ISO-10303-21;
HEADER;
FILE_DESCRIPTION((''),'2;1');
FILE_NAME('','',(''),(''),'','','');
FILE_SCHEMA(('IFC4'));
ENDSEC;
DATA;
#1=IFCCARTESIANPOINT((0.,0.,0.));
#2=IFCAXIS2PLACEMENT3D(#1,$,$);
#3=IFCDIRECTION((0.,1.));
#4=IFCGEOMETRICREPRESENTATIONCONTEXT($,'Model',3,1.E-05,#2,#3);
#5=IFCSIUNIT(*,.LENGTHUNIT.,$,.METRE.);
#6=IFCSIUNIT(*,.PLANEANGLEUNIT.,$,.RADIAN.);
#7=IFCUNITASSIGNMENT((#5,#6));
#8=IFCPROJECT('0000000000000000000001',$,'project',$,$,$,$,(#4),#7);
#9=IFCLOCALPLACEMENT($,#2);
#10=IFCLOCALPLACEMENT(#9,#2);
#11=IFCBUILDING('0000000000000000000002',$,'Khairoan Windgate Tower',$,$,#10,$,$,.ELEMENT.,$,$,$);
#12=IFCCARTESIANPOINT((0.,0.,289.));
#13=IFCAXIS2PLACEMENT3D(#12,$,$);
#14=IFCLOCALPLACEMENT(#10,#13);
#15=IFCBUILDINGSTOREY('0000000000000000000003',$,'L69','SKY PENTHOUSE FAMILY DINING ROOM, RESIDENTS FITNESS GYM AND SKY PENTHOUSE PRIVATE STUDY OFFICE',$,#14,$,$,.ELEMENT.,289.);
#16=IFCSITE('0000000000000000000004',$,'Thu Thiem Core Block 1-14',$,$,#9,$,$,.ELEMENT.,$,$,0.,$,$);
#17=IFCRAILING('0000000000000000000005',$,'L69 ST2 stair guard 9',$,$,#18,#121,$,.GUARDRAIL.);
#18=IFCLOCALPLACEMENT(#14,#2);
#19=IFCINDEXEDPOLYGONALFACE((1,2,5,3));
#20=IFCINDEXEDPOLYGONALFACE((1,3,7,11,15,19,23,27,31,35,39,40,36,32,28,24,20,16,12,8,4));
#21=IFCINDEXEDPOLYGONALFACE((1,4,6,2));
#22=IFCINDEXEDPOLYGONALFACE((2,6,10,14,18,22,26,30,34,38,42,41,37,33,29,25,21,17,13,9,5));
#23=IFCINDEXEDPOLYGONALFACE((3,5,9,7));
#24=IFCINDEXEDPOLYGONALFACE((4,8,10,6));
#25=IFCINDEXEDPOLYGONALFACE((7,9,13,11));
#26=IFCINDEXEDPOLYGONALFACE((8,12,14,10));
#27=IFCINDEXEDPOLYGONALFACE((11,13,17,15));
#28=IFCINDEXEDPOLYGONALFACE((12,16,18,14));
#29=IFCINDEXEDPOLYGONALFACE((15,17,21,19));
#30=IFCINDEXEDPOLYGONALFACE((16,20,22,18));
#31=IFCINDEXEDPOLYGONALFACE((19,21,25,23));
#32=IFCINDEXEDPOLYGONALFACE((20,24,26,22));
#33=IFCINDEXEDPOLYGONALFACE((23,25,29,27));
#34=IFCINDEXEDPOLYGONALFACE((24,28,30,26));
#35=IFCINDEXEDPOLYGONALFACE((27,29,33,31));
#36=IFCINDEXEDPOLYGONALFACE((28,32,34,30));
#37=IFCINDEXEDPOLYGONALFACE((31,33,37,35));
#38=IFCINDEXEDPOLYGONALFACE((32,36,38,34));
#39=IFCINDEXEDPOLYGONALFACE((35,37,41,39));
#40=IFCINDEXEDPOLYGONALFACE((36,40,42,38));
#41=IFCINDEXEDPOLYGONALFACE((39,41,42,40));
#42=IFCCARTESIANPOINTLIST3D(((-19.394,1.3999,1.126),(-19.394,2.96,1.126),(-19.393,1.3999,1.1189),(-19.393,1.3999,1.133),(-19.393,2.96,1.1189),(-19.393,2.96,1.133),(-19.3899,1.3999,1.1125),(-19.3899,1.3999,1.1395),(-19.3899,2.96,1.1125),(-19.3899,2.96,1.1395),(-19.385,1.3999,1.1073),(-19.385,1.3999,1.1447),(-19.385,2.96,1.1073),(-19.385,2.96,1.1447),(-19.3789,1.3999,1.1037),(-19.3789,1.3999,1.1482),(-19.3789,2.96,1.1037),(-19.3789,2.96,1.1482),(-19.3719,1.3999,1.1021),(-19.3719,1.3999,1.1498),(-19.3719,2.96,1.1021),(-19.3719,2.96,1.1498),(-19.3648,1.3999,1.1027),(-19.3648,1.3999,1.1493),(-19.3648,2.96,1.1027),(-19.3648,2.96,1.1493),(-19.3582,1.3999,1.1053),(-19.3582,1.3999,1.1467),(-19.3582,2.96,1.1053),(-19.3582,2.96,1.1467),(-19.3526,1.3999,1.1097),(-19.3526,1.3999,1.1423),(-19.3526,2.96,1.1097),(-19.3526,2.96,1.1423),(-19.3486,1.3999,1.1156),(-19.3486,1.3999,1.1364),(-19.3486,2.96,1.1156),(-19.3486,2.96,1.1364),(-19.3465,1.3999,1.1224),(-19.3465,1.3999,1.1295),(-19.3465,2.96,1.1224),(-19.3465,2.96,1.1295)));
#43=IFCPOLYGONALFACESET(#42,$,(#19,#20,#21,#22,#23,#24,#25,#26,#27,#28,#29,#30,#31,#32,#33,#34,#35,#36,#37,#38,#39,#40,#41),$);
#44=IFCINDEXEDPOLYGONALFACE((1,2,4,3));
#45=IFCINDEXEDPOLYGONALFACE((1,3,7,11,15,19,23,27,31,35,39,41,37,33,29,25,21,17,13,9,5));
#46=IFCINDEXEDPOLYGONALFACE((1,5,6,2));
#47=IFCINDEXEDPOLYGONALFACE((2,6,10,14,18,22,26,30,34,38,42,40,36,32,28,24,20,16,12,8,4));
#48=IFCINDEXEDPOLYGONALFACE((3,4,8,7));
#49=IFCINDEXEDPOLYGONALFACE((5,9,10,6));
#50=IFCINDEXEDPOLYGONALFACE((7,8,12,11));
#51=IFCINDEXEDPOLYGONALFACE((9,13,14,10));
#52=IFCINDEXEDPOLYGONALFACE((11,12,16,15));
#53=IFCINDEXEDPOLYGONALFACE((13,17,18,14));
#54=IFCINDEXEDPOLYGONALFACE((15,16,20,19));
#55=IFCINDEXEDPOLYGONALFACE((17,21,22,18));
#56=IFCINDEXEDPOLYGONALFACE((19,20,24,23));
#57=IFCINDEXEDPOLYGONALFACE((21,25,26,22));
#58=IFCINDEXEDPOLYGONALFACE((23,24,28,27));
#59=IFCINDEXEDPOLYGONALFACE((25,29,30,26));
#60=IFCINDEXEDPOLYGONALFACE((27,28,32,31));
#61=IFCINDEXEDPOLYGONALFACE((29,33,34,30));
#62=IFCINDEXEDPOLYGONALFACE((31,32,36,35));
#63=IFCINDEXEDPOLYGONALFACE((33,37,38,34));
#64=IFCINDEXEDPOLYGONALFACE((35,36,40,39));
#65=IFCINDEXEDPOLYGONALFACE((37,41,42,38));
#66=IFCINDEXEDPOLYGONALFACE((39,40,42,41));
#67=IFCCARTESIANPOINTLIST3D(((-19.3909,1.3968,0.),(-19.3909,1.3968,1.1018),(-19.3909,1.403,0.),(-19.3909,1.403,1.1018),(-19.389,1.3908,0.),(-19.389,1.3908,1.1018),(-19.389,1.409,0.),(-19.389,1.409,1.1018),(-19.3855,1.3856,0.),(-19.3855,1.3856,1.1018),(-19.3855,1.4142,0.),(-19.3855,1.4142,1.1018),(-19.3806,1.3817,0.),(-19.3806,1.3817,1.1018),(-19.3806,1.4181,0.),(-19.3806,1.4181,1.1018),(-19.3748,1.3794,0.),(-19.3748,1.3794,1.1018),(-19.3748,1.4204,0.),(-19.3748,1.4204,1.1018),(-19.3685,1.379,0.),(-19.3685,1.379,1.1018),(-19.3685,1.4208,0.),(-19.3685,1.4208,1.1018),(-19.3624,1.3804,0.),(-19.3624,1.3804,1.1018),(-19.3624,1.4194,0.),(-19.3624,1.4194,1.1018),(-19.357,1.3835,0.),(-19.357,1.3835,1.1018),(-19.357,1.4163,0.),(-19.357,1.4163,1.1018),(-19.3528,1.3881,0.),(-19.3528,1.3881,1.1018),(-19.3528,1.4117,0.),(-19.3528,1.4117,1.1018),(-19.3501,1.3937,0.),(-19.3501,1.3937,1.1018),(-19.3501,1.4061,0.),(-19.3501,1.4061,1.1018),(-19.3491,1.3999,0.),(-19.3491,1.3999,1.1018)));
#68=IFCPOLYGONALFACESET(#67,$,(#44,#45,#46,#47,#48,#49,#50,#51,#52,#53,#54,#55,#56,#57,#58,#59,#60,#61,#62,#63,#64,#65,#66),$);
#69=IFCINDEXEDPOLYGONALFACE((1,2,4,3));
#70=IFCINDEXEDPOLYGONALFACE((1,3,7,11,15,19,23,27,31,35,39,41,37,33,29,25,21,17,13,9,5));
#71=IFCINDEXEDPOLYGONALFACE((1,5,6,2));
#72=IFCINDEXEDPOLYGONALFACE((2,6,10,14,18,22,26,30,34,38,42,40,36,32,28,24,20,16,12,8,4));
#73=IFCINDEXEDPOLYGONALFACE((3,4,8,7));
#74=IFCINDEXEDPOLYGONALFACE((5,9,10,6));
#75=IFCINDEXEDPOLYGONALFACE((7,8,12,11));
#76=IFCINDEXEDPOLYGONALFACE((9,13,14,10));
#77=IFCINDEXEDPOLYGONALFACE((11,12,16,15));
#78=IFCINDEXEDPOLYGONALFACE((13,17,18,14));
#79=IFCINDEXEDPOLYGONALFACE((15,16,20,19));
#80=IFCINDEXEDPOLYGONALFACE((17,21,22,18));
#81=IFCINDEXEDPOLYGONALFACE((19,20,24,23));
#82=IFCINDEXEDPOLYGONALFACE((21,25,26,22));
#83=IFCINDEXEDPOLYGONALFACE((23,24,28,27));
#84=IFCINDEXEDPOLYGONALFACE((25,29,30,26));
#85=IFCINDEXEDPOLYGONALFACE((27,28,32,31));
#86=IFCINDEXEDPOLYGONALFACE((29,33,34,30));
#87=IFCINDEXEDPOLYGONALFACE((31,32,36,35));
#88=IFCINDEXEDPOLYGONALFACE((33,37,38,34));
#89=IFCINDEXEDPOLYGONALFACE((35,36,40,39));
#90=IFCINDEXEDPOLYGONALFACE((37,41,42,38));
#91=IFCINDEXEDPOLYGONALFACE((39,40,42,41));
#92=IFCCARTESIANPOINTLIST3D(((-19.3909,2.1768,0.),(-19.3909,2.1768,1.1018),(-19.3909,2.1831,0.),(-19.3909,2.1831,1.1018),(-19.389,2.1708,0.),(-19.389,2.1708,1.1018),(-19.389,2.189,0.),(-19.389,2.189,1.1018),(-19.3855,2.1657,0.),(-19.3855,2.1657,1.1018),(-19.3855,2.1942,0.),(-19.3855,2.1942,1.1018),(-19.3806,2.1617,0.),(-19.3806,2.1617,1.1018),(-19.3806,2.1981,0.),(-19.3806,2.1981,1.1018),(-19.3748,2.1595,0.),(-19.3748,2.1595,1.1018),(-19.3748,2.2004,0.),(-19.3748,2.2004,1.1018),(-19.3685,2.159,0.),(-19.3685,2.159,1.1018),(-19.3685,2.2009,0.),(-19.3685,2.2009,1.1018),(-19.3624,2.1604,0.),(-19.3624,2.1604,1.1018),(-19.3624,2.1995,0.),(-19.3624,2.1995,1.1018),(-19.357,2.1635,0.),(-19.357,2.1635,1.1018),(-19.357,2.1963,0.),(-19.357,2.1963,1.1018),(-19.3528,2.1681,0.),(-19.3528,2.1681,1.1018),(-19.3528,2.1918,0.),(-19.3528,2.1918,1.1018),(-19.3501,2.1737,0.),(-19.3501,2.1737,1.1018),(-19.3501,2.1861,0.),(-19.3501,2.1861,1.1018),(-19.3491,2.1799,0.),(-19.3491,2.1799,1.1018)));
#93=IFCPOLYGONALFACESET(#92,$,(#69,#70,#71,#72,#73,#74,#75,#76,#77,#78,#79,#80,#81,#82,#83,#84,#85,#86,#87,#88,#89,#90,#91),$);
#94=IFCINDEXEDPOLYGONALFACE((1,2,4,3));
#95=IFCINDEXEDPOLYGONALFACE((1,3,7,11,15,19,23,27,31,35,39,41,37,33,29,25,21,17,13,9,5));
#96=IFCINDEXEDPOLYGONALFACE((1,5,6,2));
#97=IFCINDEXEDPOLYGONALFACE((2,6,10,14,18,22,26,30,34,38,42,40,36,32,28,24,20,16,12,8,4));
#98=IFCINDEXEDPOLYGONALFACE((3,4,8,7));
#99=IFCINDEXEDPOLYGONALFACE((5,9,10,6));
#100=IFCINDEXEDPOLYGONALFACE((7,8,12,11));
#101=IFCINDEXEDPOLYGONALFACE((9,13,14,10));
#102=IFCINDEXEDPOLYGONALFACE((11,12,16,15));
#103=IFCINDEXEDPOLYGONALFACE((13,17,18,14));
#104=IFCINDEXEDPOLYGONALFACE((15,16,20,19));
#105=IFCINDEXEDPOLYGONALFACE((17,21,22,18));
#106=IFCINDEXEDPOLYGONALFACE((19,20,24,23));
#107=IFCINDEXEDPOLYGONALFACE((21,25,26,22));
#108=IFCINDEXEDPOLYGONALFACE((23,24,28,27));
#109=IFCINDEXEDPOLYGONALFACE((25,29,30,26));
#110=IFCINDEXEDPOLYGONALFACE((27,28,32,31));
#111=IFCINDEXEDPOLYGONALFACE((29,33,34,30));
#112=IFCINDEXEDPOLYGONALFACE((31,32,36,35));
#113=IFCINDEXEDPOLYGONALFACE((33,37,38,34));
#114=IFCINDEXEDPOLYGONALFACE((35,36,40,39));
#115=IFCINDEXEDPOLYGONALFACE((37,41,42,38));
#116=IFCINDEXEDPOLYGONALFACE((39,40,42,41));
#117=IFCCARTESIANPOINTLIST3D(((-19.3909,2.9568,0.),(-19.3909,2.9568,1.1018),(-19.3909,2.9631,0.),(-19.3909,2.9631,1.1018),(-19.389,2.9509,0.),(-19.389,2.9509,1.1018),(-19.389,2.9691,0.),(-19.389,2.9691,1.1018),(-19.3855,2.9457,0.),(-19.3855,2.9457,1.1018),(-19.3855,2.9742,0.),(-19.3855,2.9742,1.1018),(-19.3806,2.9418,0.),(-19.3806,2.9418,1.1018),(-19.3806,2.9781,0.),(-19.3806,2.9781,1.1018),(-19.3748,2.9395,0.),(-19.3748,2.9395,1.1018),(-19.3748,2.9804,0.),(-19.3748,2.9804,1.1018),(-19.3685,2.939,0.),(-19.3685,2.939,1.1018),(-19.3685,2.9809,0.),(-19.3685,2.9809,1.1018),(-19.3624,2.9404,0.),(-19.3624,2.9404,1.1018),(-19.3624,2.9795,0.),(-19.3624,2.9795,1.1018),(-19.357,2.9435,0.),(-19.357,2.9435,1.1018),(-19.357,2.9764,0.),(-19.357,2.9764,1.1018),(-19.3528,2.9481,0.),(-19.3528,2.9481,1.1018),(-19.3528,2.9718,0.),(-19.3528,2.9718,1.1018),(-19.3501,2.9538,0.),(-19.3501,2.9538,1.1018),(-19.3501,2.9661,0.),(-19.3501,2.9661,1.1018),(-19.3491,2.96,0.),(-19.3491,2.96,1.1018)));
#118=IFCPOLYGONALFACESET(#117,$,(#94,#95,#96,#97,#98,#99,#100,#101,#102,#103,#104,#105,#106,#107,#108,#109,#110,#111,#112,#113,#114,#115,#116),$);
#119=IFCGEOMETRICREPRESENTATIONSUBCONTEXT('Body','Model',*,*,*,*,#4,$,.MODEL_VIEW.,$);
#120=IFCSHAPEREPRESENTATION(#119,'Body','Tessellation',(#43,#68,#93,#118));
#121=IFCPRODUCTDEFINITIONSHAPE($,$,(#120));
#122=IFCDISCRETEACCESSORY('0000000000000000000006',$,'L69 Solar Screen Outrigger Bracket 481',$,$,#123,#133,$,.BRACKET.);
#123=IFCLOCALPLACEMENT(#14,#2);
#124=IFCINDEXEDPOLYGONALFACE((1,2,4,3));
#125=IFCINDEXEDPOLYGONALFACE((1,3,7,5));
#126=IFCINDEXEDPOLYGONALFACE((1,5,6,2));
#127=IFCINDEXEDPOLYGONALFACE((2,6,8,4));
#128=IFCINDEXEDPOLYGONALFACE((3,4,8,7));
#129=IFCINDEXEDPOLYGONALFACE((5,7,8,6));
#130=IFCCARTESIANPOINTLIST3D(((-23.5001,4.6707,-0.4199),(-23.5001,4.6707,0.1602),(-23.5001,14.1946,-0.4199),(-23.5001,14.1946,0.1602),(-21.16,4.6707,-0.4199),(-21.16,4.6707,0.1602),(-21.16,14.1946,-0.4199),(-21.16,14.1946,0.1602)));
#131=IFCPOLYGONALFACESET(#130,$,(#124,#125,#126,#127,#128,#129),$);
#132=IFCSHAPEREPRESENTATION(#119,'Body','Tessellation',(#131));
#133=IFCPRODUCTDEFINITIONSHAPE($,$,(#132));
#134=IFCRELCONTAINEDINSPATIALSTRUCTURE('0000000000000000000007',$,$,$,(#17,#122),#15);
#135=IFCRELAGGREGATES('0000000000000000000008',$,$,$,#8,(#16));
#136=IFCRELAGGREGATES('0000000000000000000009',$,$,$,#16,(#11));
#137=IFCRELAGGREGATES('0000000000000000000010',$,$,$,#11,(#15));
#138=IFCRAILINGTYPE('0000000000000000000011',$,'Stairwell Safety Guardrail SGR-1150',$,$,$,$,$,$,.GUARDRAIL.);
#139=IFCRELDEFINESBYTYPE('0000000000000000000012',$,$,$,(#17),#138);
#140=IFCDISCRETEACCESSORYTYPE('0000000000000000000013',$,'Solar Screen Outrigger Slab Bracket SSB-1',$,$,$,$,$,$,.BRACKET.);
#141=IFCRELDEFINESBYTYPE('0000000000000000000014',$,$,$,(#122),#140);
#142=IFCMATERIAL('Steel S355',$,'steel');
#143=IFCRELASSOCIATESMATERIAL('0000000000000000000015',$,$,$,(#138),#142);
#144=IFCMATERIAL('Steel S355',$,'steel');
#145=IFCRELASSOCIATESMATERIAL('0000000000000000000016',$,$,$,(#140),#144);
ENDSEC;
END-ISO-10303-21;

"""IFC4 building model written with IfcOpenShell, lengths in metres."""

from ifc_helpers import new_model, si_unit, direction, frame, origin, origin_2d, place, context, subcontext, project, spatial, rectangle, circle, extrude, material, type_object, element, save


model = new_model("IFC4")

# Units and contexts
model_context = context("Model", 3, precision=1e-05, world=origin(), true_north=direction((0.0, 1.0)))
body_context = subcontext(model_context, "Body", "Model", "MODEL_VIEW")
ifc_project = project(units=[si_unit("LENGTHUNIT", "METRE"), si_unit("PLANEANGLEUNIT", "RADIAN")], contexts=[model_context])

# Site, building, storey
site_placement = place(None, origin())
site = spatial("IfcSite", under=ifc_project, at=site_placement, Name="Thu Thiem Core Block 1-14", CompositionType="ELEMENT", RefElevation=0.0)
building_placement = place(site_placement, origin())
building = spatial("IfcBuilding", under=site, at=building_placement, Name="Khairoan Windgate Tower", CompositionType="ELEMENT")
storey_placement = place(building_placement, frame((0.0, 0.0, 289.0)))
storey = spatial("IfcBuildingStorey", under=building, at=storey_placement, Name="L69", Description="SKY PENTHOUSE FAMILY DINING ROOM, RESIDENTS FITNESS GYM AND SKY PENTHOUSE PRIVATE STUDY OFFICE", CompositionType="ELEMENT", Elevation=289.0)

# Railing
ifc_material_1 = material(Name="Steel S355", Category="steel")
railing_type_1 = type_object("IfcRailingType", Name="Stairwell Safety Guardrail SGR-1150", PredefinedType="GUARDRAIL", material=ifc_material_1)
for number, where, name in (
    (1, (-19.3701, 1.3999, 0.0), "L69 ST2 stair guard 9"),
):
    element("IfcRailing", number, at=place(storey_placement, frame(where)), inside=storey, type_object=railing_type_1, Name=name, PredefinedType="GUARDRAIL", context=body_context, shape_type="SweptSolid", body=[
        extrude(circle(Radius=0.0239, at=origin_2d()), frame((0.0, 0.0, 1.126), z_axis=(0.0, 1.0, 0.0), x_axis=(-1.0, 0.0, 0.0)), (0.0, 0.0, 1.0), 1.5601),
        extrude(circle(Radius=0.021, at=origin_2d()), origin(), (0.0, 0.0, 1.0), 1.1018),
        extrude(circle(Radius=0.021, at=origin_2d()), frame((0.0, 0.78, 0.0)), (0.0, 0.0, 1.0), 1.1018),
        extrude(circle(Radius=0.021, at=origin_2d()), frame((0.0, 1.5601, 0.0)), (0.0, 0.0, 1.0), 1.1018),
    ])

# Discrete accessory
ifc_material_2 = material(Name="Steel S355", Category="steel")
discrete_accessory_type = type_object("IfcDiscreteAccessoryType", Name="Solar Screen Outrigger Slab Bracket SSB-1", PredefinedType="BRACKET", material=ifc_material_2)
discrete_accessory_placement = place(storey_placement, frame((-22.3301, 9.4326, -0.4199), z_axis=(0.0, 0.0, 1.0), x_axis=(0.0, 1.0, 0.0)))
element("IfcDiscreteAccessory", 2, at=discrete_accessory_placement, inside=storey, type_object=discrete_accessory_type, Name="L69 Solar Screen Outrigger Bracket 481", PredefinedType="BRACKET", context=body_context, shape_type="SweptSolid", body=[
    extrude(rectangle(XDim=9.5239, YDim=2.3401, at=origin_2d()), origin(), (0.0, 0.0, 1.0), 0.5801),
])

save(model, "model.ifc")
